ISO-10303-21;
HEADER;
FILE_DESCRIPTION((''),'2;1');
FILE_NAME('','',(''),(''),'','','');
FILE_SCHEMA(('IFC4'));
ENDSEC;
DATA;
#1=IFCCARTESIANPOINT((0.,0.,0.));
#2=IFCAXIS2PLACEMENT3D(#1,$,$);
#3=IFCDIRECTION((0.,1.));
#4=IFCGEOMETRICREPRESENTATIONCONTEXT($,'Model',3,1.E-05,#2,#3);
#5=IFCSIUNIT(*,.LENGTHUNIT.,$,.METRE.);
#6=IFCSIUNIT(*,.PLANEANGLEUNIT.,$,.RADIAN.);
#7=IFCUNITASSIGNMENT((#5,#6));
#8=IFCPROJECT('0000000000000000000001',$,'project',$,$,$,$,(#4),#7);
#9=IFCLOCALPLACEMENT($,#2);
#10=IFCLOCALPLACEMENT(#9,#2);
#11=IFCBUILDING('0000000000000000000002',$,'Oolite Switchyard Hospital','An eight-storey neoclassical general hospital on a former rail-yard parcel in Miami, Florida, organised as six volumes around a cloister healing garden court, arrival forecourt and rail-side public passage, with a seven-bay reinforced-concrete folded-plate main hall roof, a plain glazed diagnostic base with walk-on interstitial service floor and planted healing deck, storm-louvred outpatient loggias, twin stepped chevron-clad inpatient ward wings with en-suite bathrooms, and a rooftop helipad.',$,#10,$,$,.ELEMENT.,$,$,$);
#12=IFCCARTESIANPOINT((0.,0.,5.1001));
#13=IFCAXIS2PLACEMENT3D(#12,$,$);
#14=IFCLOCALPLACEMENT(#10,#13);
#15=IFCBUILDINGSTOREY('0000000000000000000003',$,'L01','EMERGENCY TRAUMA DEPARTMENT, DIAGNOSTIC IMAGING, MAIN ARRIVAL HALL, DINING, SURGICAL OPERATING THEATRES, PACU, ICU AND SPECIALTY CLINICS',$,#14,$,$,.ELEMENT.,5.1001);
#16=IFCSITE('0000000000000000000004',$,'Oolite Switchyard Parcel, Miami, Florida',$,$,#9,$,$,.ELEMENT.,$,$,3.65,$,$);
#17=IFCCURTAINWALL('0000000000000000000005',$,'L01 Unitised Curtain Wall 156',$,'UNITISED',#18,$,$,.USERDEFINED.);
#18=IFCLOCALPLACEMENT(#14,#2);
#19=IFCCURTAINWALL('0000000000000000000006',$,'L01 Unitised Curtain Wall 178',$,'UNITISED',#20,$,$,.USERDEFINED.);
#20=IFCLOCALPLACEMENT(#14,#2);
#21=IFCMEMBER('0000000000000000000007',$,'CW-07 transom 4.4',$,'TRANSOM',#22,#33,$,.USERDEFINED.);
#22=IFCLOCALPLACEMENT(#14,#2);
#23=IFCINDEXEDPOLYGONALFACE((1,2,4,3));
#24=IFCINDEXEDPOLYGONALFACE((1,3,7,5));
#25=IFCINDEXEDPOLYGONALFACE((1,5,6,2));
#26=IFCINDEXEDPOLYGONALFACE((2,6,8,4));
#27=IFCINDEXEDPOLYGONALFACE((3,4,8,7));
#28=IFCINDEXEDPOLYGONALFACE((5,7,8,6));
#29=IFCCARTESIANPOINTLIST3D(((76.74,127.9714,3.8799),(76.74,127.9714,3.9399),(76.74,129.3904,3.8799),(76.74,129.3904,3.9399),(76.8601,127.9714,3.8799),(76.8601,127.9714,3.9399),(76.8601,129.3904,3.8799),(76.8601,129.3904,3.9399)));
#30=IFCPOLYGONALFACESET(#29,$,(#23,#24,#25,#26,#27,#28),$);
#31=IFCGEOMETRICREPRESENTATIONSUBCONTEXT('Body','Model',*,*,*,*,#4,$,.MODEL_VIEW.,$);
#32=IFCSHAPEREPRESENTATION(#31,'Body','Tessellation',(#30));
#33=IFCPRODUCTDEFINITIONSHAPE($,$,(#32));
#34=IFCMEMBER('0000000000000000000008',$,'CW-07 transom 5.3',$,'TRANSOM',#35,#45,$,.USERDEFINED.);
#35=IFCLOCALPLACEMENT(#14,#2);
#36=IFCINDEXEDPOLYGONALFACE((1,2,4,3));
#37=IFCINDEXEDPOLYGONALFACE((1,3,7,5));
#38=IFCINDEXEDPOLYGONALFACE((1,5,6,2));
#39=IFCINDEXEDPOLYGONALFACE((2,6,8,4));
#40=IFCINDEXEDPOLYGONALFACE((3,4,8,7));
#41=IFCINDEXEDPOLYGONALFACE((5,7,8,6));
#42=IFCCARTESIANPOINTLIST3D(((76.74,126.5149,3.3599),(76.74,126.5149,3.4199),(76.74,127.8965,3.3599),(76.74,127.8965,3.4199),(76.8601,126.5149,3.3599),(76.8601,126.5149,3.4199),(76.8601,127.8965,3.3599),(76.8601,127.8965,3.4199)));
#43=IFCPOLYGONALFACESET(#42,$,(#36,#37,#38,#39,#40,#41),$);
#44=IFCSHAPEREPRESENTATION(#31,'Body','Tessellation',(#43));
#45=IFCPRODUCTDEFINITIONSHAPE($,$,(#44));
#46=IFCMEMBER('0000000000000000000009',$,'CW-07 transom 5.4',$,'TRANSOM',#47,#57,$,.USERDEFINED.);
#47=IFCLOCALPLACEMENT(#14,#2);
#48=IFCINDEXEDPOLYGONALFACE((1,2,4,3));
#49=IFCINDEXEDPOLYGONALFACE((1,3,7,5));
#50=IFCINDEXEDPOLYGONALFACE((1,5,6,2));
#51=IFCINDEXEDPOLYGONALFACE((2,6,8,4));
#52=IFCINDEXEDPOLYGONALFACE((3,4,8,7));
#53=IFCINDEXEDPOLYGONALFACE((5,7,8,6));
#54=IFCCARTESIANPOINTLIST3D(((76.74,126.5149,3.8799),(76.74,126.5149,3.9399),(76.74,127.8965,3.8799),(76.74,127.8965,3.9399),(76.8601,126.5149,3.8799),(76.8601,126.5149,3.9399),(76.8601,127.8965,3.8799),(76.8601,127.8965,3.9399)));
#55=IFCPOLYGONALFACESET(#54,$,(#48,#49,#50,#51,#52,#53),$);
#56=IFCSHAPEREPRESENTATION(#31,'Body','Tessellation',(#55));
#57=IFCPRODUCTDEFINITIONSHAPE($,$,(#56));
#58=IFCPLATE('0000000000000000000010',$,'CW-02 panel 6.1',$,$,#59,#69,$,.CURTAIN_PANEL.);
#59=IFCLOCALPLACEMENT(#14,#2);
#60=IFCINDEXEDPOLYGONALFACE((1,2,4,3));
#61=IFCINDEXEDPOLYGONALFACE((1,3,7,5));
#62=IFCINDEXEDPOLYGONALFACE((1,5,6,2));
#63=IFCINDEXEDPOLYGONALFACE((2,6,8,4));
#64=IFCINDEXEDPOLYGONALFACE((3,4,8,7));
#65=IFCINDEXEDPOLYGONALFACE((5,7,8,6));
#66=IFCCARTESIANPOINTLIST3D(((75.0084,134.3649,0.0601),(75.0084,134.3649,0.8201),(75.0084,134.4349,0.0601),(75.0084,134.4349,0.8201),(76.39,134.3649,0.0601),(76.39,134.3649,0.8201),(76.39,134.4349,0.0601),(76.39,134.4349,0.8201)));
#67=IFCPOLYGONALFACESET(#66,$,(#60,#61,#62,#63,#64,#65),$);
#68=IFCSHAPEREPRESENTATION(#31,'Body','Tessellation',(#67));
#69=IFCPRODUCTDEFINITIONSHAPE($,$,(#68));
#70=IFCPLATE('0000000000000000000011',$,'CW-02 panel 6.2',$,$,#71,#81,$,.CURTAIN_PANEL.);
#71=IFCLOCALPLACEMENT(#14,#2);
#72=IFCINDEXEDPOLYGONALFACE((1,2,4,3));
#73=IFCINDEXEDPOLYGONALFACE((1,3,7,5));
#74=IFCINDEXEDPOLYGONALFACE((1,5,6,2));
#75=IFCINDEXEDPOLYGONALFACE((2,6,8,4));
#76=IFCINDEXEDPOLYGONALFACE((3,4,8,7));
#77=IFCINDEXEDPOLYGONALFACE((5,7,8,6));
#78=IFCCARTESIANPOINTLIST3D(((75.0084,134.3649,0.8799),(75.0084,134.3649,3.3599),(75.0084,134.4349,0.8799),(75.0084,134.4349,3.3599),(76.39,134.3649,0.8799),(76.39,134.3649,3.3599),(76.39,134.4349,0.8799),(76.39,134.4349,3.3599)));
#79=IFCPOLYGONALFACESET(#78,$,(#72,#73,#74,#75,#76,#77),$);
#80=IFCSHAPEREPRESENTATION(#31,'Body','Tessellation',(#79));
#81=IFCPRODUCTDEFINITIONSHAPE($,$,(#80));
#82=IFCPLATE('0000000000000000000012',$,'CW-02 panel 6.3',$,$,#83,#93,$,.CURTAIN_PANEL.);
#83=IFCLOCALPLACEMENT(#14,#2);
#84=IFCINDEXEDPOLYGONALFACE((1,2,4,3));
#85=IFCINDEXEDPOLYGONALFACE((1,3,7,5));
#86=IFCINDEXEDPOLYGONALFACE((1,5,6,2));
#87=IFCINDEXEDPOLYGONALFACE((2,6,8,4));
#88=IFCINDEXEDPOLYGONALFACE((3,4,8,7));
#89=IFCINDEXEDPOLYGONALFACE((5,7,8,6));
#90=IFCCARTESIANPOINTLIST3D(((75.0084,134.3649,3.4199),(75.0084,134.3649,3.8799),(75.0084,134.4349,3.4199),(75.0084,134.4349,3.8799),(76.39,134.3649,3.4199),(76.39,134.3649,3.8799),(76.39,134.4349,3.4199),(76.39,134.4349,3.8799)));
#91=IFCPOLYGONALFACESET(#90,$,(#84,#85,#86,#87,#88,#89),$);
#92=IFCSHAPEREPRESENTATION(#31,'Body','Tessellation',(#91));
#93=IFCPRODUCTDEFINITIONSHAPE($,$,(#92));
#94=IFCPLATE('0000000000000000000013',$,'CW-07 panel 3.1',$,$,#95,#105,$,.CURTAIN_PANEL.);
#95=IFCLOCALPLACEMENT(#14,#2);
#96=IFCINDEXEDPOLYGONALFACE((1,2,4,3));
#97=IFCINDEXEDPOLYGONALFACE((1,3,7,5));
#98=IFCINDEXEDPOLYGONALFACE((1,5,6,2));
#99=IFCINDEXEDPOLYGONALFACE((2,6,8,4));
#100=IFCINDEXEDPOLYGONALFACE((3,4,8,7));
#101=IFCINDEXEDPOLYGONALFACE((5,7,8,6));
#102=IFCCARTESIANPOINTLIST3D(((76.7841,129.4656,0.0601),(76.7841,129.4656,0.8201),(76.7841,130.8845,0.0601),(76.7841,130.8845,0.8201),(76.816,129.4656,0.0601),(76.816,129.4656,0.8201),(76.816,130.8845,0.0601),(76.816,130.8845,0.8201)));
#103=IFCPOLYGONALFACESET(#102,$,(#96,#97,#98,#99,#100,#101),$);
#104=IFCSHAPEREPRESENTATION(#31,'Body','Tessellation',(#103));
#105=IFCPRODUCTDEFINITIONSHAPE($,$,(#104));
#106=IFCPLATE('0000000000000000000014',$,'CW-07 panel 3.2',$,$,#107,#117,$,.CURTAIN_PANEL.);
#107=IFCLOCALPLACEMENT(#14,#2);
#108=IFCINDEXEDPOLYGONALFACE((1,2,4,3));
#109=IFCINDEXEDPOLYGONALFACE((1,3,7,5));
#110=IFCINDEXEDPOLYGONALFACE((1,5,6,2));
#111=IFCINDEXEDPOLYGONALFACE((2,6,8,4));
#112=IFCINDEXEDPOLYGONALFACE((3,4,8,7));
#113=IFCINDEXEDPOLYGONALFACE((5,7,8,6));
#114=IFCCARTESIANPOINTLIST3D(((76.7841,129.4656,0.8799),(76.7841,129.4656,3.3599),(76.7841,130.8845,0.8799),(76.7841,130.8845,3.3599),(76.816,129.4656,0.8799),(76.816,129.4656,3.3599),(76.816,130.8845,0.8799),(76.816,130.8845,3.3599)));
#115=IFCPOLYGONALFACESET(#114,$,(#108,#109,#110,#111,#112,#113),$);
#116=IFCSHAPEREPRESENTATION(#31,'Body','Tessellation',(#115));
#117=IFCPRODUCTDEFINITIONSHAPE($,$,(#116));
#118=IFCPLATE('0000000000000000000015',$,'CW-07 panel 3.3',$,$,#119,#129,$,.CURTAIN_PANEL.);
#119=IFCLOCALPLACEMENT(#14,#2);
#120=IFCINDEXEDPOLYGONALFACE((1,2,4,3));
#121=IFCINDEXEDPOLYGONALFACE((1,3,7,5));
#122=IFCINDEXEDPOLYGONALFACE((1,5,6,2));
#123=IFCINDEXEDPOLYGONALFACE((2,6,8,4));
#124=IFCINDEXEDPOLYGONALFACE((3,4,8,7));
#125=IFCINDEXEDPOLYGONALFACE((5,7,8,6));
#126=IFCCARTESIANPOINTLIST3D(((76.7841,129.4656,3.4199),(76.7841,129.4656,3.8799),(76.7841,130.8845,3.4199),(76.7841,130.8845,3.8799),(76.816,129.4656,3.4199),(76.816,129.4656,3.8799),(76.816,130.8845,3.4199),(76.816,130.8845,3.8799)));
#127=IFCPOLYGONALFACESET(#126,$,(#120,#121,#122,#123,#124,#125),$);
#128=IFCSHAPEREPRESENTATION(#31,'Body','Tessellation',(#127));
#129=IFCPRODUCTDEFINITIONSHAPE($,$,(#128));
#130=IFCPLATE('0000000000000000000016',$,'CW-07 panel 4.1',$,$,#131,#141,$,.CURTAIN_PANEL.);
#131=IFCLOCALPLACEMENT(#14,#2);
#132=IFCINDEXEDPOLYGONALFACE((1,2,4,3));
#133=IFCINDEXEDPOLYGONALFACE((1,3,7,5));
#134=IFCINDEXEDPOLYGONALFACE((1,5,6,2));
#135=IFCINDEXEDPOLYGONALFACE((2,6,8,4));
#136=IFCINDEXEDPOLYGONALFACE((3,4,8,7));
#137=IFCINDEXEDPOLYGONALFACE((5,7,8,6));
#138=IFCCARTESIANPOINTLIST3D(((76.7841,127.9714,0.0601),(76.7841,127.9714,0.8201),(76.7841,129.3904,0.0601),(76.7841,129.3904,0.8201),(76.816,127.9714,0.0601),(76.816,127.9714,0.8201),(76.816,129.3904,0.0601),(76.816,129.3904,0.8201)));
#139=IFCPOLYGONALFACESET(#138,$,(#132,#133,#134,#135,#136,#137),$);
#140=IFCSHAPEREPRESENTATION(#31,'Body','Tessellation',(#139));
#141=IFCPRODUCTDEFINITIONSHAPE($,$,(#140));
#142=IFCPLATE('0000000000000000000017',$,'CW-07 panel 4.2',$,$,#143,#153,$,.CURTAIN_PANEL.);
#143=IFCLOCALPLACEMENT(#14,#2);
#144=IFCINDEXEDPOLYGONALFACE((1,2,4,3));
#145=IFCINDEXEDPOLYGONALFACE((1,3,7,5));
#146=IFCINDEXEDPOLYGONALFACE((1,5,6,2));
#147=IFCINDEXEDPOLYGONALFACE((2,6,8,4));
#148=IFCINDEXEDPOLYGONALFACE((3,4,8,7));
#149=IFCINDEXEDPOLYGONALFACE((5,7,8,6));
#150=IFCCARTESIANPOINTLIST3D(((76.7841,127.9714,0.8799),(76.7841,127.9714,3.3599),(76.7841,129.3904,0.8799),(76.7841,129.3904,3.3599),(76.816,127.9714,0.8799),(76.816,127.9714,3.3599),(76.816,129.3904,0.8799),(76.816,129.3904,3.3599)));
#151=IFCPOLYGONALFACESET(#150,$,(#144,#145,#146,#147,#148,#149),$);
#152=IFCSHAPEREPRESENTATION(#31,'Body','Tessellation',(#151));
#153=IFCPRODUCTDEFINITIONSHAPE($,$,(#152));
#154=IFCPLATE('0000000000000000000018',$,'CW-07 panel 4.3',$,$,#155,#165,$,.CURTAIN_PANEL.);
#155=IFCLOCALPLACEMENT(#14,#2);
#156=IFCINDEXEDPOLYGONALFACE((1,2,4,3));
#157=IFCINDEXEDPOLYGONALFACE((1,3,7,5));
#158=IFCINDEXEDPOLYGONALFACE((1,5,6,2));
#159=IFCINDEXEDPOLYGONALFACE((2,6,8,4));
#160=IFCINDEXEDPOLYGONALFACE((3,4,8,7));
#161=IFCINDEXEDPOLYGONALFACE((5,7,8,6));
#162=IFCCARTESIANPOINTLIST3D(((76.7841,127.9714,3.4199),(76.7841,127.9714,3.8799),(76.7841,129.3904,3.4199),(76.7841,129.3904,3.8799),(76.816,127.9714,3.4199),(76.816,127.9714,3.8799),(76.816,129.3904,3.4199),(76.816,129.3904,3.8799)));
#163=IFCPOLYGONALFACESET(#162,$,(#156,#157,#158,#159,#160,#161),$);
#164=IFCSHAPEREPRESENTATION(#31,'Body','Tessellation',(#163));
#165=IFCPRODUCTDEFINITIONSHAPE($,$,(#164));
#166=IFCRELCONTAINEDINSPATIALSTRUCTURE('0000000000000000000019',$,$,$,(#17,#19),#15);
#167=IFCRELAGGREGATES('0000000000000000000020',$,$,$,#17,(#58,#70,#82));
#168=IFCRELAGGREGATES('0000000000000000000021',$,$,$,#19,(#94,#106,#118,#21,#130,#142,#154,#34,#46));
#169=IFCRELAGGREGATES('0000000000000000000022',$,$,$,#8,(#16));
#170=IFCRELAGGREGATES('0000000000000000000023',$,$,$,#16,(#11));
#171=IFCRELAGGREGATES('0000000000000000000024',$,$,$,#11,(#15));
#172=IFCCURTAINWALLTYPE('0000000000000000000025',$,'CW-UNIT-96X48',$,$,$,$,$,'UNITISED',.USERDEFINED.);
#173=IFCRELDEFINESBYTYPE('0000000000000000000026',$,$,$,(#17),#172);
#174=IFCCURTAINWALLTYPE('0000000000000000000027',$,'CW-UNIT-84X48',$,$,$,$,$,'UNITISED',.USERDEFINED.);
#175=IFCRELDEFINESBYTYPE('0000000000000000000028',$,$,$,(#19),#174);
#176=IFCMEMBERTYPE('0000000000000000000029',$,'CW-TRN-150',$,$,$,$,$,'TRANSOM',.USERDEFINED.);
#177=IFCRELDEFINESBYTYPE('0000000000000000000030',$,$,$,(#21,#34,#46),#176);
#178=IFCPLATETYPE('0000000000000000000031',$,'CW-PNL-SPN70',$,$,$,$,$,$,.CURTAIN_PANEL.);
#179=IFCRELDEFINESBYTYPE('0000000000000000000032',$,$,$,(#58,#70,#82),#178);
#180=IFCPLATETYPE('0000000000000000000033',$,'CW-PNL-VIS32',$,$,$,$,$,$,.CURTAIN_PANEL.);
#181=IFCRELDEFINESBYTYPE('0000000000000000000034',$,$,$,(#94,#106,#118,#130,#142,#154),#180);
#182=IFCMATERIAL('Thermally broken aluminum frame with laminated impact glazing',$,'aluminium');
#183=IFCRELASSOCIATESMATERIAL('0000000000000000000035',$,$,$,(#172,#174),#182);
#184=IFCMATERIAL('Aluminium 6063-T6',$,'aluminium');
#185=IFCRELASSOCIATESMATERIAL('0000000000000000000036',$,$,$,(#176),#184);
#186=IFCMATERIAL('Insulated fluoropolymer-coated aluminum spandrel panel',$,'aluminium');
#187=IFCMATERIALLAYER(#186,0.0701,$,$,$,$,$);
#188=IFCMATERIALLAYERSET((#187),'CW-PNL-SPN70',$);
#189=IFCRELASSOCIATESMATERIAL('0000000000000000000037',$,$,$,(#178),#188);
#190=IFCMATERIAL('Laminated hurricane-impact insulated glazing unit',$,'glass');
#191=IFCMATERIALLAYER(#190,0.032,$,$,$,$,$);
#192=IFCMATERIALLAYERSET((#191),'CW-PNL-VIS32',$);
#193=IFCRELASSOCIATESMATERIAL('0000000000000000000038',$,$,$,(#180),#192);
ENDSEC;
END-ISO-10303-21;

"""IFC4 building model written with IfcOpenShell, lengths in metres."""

from ifc_helpers import new_model, si_unit, direction, frame, origin, origin_2d, place, context, subcontext, project, spatial, rectangle, extrude, material, layer, layer_set, material_profile, profile_set, type_object, element, aggregate, save


model = new_model("IFC4")

# Units and contexts
model_context = context("Model", 3, precision=1e-05, world=origin(), true_north=direction((0.0, 1.0)))
body_context = subcontext(model_context, "Body", "Model", "MODEL_VIEW")
ifc_project = project(units=[si_unit("LENGTHUNIT", "METRE"), si_unit("PLANEANGLEUNIT", "RADIAN")], contexts=[model_context])

# Site, building, storey
site_placement = place(None, origin())
site = spatial("IfcSite", under=ifc_project, at=site_placement, Name="Oolite Switchyard Parcel, Miami, Florida", CompositionType="ELEMENT", RefElevation=3.65)
building_placement = place(site_placement, origin())
building = spatial("IfcBuilding", under=site, at=building_placement, Name="Oolite Switchyard Hospital", Description="An eight-storey neoclassical general hospital on a former rail-yard parcel in Miami, Florida, organised as six volumes around a cloister healing garden court, arrival forecourt and rail-side public passage, with a seven-bay reinforced-concrete folded-plate main hall roof, a plain glazed diagnostic base with walk-on interstitial service floor and planted healing deck, storm-louvred outpatient loggias, twin stepped chevron-clad inpatient ward wings with en-suite bathrooms, and a rooftop helipad.", CompositionType="ELEMENT")
storey_placement = place(building_placement, frame((0.0, 0.0, 5.1001)))
storey = spatial("IfcBuildingStorey", under=building, at=storey_placement, Name="L01", Description="EMERGENCY TRAUMA DEPARTMENT, DIAGNOSTIC IMAGING, MAIN ARRIVAL HALL, DINING, SURGICAL OPERATING THEATRES, PACU, ICU AND SPECIALTY CLINICS", CompositionType="ELEMENT", Elevation=5.1001)

# Curtain wall
ifc_material_1 = material(Name="Thermally broken aluminum frame with laminated impact glazing", Category="aluminium")
curtain_wall_type_1 = type_object("IfcCurtainWallType", Name="CW-UNIT-96X48", ElementType="UNITISED", PredefinedType="USERDEFINED", material=ifc_material_1)
curtain_wall_1_placement = place(storey_placement, origin())
curtain_wall_1 = element("IfcCurtainWall", 1, at=curtain_wall_1_placement, inside=storey, type_object=curtain_wall_type_1, Name="L01 Unitised Curtain Wall 156", ObjectType="UNITISED", PredefinedType="USERDEFINED")
ifc_material_2 = material(Name="Aluminium 6063-T6", Category="aluminium")

# Curtain wall
curtain_wall_type_2 = type_object("IfcCurtainWallType", Name="CW-UNIT-84X48", ElementType="UNITISED", PredefinedType="USERDEFINED", material=ifc_material_1)
curtain_wall_2_placement = place(storey_placement, origin())
curtain_wall_2 = element("IfcCurtainWall", 2, at=curtain_wall_2_placement, inside=storey, type_object=curtain_wall_type_2, Name="L01 Unitised Curtain Wall 178", ObjectType="UNITISED", PredefinedType="USERDEFINED")

# Members
ifc_material_profile_1 = material_profile(ifc_material_2, rectangle(XDim=0.1201, YDim=0.0601, at=origin_2d()), Name="CWT60X120")
ifc_profile_set_1 = profile_set([ifc_material_profile_1], Name="Aluminium 6063-T6")
member_type_1 = type_object("IfcMemberType", Name="CW-TRN-150", ElementType="TRANSOM", PredefinedType="USERDEFINED", material=ifc_profile_set_1)
member_1_placement = place(storey_placement, frame((76.8, 129.3904, 3.9099), z_axis=(0.0, -1.0, 0.0), x_axis=(1.0, 0.0, 0.0)))
member_1 = element("IfcMember", 3, at=member_1_placement, type_object=member_type_1, Name="CW-07 transom 4.4", ObjectType="TRANSOM", PredefinedType="USERDEFINED", context=body_context, shape_type="SweptSolid", body=[
    extrude(rectangle(XDim=0.1201, YDim=0.0601, at=origin_2d()), origin(), (0.0, 0.0, 1.0), 1.4189),
])
member_2_placement = place(storey_placement, frame((76.8, 127.8965, 3.3899), z_axis=(0.0, -1.0, 0.0), x_axis=(1.0, 0.0, 0.0)))
member_2 = element("IfcMember", 4, at=member_2_placement, type_object=member_type_1, Name="CW-07 transom 5.3", ObjectType="TRANSOM", PredefinedType="USERDEFINED", context=body_context, shape_type="SweptSolid", body=[
    extrude(rectangle(XDim=0.1201, YDim=0.0601, at=origin_2d()), origin(), (0.0, 0.0, 1.0), 1.3816),
])
member_3_placement = place(storey_placement, frame((76.8, 127.8965, 3.9099), z_axis=(0.0, -1.0, 0.0), x_axis=(1.0, 0.0, 0.0)))
member_3 = element("IfcMember", 5, at=member_3_placement, type_object=member_type_1, Name="CW-07 transom 5.4", ObjectType="TRANSOM", PredefinedType="USERDEFINED", context=body_context, shape_type="SweptSolid", body=[
    extrude(rectangle(XDim=0.1201, YDim=0.0601, at=origin_2d()), origin(), (0.0, 0.0, 1.0), 1.3816),
])

# Plates
ifc_material_3 = material(Name="Insulated fluoropolymer-coated aluminum spandrel panel", Category="aluminium")
ifc_layer_1 = layer(ifc_material_3, 0.0701)
ifc_layer_set_1 = layer_set([ifc_layer_1], Name="CW-PNL-SPN70")
plate_type_1 = type_object("IfcPlateType", Name="CW-PNL-SPN70", PredefinedType="CURTAIN_PANEL", material=ifc_layer_set_1)
plate_1_placement = place(storey_placement, frame((75.6992, 134.3999, 0.0601), z_axis=(0.0, 0.0, 1.0), x_axis=(1.0, 0.0, 0.0)))
plate_1 = element("IfcPlate", 6, at=plate_1_placement, type_object=plate_type_1, Name="CW-02 panel 6.1", PredefinedType="CURTAIN_PANEL", context=body_context, shape_type="SweptSolid", body=[
    extrude(rectangle(XDim=1.3816, YDim=0.0701, at=origin_2d()), origin(), (0.0, 0.0, 1.0), 0.76),
])
plate_2_placement = place(storey_placement, frame((75.6992, 134.3999, 0.8799), z_axis=(0.0, 0.0, 1.0), x_axis=(1.0, 0.0, 0.0)))
plate_2 = element("IfcPlate", 7, at=plate_2_placement, type_object=plate_type_1, Name="CW-02 panel 6.2", PredefinedType="CURTAIN_PANEL", context=body_context, shape_type="SweptSolid", body=[
    extrude(rectangle(XDim=1.3816, YDim=0.0701, at=origin_2d()), origin(), (0.0, 0.0, 1.0), 2.48),
])
plate_3_placement = place(storey_placement, frame((75.6992, 134.3999, 3.4199), z_axis=(0.0, 0.0, 1.0), x_axis=(1.0, 0.0, 0.0)))
plate_3 = element("IfcPlate", 8, at=plate_3_placement, type_object=plate_type_1, Name="CW-02 panel 6.3", PredefinedType="CURTAIN_PANEL", context=body_context, shape_type="SweptSolid", body=[
    extrude(rectangle(XDim=1.3816, YDim=0.0701, at=origin_2d()), origin(), (0.0, 0.0, 1.0), 0.46),
])
aggregate(curtain_wall_1, [plate_1, plate_2, plate_3])
ifc_material_4 = material(Name="Laminated hurricane-impact insulated glazing unit", Category="glass")
ifc_layer_2 = layer(ifc_material_4, 0.032)
ifc_layer_set_2 = layer_set([ifc_layer_2], Name="CW-PNL-VIS32")
plate_type_2 = type_object("IfcPlateType", Name="CW-PNL-VIS32", PredefinedType="CURTAIN_PANEL", material=ifc_layer_set_2)
plate_4_placement = place(storey_placement, frame((76.8, 130.175, 0.0601), z_axis=(0.0, 0.0, 1.0), x_axis=(0.0, -1.0, 0.0)))
plate_4 = element("IfcPlate", 9, at=plate_4_placement, type_object=plate_type_2, Name="CW-07 panel 3.1", PredefinedType="CURTAIN_PANEL", context=body_context, shape_type="SweptSolid", body=[
    extrude(rectangle(XDim=1.4189, YDim=0.032, at=origin_2d()), origin(), (0.0, 0.0, 1.0), 0.76),
])
plate_5_placement = place(storey_placement, frame((76.8, 130.175, 0.8799), z_axis=(0.0, 0.0, 1.0), x_axis=(0.0, -1.0, 0.0)))
plate_5 = element("IfcPlate", 10, at=plate_5_placement, type_object=plate_type_2, Name="CW-07 panel 3.2", PredefinedType="CURTAIN_PANEL", context=body_context, shape_type="SweptSolid", body=[
    extrude(rectangle(XDim=1.4189, YDim=0.032, at=origin_2d()), origin(), (0.0, 0.0, 1.0), 2.48),
])
plate_6_placement = place(storey_placement, frame((76.8, 130.175, 3.4199), z_axis=(0.0, 0.0, 1.0), x_axis=(0.0, -1.0, 0.0)))
plate_6 = element("IfcPlate", 11, at=plate_6_placement, type_object=plate_type_2, Name="CW-07 panel 3.3", PredefinedType="CURTAIN_PANEL", context=body_context, shape_type="SweptSolid", body=[
    extrude(rectangle(XDim=1.4189, YDim=0.032, at=origin_2d()), origin(), (0.0, 0.0, 1.0), 0.46),
])
plate_7_placement = place(storey_placement, frame((76.8, 128.6809, 0.0601), z_axis=(0.0, 0.0, 1.0), x_axis=(0.0, -1.0, 0.0)))
plate_7 = element("IfcPlate", 12, at=plate_7_placement, type_object=plate_type_2, Name="CW-07 panel 4.1", PredefinedType="CURTAIN_PANEL", context=body_context, shape_type="SweptSolid", body=[
    extrude(rectangle(XDim=1.4189, YDim=0.032, at=origin_2d()), origin(), (0.0, 0.0, 1.0), 0.76),
])
plate_8_placement = place(storey_placement, frame((76.8, 128.6809, 0.8799), z_axis=(0.0, 0.0, 1.0), x_axis=(0.0, -1.0, 0.0)))
plate_8 = element("IfcPlate", 13, at=plate_8_placement, type_object=plate_type_2, Name="CW-07 panel 4.2", PredefinedType="CURTAIN_PANEL", context=body_context, shape_type="SweptSolid", body=[
    extrude(rectangle(XDim=1.4189, YDim=0.032, at=origin_2d()), origin(), (0.0, 0.0, 1.0), 2.48),
])
plate_9_placement = place(storey_placement, frame((76.8, 128.6809, 3.4199), z_axis=(0.0, 0.0, 1.0), x_axis=(0.0, -1.0, 0.0)))
plate_9 = element("IfcPlate", 14, at=plate_9_placement, type_object=plate_type_2, Name="CW-07 panel 4.3", PredefinedType="CURTAIN_PANEL", context=body_context, shape_type="SweptSolid", body=[
    extrude(rectangle(XDim=1.4189, YDim=0.032, at=origin_2d()), origin(), (0.0, 0.0, 1.0), 0.46),
])
aggregate(curtain_wall_2, [plate_4, plate_5, plate_6, member_1, plate_7, plate_8, plate_9, member_2, member_3])

save(model, "model.ifc")
